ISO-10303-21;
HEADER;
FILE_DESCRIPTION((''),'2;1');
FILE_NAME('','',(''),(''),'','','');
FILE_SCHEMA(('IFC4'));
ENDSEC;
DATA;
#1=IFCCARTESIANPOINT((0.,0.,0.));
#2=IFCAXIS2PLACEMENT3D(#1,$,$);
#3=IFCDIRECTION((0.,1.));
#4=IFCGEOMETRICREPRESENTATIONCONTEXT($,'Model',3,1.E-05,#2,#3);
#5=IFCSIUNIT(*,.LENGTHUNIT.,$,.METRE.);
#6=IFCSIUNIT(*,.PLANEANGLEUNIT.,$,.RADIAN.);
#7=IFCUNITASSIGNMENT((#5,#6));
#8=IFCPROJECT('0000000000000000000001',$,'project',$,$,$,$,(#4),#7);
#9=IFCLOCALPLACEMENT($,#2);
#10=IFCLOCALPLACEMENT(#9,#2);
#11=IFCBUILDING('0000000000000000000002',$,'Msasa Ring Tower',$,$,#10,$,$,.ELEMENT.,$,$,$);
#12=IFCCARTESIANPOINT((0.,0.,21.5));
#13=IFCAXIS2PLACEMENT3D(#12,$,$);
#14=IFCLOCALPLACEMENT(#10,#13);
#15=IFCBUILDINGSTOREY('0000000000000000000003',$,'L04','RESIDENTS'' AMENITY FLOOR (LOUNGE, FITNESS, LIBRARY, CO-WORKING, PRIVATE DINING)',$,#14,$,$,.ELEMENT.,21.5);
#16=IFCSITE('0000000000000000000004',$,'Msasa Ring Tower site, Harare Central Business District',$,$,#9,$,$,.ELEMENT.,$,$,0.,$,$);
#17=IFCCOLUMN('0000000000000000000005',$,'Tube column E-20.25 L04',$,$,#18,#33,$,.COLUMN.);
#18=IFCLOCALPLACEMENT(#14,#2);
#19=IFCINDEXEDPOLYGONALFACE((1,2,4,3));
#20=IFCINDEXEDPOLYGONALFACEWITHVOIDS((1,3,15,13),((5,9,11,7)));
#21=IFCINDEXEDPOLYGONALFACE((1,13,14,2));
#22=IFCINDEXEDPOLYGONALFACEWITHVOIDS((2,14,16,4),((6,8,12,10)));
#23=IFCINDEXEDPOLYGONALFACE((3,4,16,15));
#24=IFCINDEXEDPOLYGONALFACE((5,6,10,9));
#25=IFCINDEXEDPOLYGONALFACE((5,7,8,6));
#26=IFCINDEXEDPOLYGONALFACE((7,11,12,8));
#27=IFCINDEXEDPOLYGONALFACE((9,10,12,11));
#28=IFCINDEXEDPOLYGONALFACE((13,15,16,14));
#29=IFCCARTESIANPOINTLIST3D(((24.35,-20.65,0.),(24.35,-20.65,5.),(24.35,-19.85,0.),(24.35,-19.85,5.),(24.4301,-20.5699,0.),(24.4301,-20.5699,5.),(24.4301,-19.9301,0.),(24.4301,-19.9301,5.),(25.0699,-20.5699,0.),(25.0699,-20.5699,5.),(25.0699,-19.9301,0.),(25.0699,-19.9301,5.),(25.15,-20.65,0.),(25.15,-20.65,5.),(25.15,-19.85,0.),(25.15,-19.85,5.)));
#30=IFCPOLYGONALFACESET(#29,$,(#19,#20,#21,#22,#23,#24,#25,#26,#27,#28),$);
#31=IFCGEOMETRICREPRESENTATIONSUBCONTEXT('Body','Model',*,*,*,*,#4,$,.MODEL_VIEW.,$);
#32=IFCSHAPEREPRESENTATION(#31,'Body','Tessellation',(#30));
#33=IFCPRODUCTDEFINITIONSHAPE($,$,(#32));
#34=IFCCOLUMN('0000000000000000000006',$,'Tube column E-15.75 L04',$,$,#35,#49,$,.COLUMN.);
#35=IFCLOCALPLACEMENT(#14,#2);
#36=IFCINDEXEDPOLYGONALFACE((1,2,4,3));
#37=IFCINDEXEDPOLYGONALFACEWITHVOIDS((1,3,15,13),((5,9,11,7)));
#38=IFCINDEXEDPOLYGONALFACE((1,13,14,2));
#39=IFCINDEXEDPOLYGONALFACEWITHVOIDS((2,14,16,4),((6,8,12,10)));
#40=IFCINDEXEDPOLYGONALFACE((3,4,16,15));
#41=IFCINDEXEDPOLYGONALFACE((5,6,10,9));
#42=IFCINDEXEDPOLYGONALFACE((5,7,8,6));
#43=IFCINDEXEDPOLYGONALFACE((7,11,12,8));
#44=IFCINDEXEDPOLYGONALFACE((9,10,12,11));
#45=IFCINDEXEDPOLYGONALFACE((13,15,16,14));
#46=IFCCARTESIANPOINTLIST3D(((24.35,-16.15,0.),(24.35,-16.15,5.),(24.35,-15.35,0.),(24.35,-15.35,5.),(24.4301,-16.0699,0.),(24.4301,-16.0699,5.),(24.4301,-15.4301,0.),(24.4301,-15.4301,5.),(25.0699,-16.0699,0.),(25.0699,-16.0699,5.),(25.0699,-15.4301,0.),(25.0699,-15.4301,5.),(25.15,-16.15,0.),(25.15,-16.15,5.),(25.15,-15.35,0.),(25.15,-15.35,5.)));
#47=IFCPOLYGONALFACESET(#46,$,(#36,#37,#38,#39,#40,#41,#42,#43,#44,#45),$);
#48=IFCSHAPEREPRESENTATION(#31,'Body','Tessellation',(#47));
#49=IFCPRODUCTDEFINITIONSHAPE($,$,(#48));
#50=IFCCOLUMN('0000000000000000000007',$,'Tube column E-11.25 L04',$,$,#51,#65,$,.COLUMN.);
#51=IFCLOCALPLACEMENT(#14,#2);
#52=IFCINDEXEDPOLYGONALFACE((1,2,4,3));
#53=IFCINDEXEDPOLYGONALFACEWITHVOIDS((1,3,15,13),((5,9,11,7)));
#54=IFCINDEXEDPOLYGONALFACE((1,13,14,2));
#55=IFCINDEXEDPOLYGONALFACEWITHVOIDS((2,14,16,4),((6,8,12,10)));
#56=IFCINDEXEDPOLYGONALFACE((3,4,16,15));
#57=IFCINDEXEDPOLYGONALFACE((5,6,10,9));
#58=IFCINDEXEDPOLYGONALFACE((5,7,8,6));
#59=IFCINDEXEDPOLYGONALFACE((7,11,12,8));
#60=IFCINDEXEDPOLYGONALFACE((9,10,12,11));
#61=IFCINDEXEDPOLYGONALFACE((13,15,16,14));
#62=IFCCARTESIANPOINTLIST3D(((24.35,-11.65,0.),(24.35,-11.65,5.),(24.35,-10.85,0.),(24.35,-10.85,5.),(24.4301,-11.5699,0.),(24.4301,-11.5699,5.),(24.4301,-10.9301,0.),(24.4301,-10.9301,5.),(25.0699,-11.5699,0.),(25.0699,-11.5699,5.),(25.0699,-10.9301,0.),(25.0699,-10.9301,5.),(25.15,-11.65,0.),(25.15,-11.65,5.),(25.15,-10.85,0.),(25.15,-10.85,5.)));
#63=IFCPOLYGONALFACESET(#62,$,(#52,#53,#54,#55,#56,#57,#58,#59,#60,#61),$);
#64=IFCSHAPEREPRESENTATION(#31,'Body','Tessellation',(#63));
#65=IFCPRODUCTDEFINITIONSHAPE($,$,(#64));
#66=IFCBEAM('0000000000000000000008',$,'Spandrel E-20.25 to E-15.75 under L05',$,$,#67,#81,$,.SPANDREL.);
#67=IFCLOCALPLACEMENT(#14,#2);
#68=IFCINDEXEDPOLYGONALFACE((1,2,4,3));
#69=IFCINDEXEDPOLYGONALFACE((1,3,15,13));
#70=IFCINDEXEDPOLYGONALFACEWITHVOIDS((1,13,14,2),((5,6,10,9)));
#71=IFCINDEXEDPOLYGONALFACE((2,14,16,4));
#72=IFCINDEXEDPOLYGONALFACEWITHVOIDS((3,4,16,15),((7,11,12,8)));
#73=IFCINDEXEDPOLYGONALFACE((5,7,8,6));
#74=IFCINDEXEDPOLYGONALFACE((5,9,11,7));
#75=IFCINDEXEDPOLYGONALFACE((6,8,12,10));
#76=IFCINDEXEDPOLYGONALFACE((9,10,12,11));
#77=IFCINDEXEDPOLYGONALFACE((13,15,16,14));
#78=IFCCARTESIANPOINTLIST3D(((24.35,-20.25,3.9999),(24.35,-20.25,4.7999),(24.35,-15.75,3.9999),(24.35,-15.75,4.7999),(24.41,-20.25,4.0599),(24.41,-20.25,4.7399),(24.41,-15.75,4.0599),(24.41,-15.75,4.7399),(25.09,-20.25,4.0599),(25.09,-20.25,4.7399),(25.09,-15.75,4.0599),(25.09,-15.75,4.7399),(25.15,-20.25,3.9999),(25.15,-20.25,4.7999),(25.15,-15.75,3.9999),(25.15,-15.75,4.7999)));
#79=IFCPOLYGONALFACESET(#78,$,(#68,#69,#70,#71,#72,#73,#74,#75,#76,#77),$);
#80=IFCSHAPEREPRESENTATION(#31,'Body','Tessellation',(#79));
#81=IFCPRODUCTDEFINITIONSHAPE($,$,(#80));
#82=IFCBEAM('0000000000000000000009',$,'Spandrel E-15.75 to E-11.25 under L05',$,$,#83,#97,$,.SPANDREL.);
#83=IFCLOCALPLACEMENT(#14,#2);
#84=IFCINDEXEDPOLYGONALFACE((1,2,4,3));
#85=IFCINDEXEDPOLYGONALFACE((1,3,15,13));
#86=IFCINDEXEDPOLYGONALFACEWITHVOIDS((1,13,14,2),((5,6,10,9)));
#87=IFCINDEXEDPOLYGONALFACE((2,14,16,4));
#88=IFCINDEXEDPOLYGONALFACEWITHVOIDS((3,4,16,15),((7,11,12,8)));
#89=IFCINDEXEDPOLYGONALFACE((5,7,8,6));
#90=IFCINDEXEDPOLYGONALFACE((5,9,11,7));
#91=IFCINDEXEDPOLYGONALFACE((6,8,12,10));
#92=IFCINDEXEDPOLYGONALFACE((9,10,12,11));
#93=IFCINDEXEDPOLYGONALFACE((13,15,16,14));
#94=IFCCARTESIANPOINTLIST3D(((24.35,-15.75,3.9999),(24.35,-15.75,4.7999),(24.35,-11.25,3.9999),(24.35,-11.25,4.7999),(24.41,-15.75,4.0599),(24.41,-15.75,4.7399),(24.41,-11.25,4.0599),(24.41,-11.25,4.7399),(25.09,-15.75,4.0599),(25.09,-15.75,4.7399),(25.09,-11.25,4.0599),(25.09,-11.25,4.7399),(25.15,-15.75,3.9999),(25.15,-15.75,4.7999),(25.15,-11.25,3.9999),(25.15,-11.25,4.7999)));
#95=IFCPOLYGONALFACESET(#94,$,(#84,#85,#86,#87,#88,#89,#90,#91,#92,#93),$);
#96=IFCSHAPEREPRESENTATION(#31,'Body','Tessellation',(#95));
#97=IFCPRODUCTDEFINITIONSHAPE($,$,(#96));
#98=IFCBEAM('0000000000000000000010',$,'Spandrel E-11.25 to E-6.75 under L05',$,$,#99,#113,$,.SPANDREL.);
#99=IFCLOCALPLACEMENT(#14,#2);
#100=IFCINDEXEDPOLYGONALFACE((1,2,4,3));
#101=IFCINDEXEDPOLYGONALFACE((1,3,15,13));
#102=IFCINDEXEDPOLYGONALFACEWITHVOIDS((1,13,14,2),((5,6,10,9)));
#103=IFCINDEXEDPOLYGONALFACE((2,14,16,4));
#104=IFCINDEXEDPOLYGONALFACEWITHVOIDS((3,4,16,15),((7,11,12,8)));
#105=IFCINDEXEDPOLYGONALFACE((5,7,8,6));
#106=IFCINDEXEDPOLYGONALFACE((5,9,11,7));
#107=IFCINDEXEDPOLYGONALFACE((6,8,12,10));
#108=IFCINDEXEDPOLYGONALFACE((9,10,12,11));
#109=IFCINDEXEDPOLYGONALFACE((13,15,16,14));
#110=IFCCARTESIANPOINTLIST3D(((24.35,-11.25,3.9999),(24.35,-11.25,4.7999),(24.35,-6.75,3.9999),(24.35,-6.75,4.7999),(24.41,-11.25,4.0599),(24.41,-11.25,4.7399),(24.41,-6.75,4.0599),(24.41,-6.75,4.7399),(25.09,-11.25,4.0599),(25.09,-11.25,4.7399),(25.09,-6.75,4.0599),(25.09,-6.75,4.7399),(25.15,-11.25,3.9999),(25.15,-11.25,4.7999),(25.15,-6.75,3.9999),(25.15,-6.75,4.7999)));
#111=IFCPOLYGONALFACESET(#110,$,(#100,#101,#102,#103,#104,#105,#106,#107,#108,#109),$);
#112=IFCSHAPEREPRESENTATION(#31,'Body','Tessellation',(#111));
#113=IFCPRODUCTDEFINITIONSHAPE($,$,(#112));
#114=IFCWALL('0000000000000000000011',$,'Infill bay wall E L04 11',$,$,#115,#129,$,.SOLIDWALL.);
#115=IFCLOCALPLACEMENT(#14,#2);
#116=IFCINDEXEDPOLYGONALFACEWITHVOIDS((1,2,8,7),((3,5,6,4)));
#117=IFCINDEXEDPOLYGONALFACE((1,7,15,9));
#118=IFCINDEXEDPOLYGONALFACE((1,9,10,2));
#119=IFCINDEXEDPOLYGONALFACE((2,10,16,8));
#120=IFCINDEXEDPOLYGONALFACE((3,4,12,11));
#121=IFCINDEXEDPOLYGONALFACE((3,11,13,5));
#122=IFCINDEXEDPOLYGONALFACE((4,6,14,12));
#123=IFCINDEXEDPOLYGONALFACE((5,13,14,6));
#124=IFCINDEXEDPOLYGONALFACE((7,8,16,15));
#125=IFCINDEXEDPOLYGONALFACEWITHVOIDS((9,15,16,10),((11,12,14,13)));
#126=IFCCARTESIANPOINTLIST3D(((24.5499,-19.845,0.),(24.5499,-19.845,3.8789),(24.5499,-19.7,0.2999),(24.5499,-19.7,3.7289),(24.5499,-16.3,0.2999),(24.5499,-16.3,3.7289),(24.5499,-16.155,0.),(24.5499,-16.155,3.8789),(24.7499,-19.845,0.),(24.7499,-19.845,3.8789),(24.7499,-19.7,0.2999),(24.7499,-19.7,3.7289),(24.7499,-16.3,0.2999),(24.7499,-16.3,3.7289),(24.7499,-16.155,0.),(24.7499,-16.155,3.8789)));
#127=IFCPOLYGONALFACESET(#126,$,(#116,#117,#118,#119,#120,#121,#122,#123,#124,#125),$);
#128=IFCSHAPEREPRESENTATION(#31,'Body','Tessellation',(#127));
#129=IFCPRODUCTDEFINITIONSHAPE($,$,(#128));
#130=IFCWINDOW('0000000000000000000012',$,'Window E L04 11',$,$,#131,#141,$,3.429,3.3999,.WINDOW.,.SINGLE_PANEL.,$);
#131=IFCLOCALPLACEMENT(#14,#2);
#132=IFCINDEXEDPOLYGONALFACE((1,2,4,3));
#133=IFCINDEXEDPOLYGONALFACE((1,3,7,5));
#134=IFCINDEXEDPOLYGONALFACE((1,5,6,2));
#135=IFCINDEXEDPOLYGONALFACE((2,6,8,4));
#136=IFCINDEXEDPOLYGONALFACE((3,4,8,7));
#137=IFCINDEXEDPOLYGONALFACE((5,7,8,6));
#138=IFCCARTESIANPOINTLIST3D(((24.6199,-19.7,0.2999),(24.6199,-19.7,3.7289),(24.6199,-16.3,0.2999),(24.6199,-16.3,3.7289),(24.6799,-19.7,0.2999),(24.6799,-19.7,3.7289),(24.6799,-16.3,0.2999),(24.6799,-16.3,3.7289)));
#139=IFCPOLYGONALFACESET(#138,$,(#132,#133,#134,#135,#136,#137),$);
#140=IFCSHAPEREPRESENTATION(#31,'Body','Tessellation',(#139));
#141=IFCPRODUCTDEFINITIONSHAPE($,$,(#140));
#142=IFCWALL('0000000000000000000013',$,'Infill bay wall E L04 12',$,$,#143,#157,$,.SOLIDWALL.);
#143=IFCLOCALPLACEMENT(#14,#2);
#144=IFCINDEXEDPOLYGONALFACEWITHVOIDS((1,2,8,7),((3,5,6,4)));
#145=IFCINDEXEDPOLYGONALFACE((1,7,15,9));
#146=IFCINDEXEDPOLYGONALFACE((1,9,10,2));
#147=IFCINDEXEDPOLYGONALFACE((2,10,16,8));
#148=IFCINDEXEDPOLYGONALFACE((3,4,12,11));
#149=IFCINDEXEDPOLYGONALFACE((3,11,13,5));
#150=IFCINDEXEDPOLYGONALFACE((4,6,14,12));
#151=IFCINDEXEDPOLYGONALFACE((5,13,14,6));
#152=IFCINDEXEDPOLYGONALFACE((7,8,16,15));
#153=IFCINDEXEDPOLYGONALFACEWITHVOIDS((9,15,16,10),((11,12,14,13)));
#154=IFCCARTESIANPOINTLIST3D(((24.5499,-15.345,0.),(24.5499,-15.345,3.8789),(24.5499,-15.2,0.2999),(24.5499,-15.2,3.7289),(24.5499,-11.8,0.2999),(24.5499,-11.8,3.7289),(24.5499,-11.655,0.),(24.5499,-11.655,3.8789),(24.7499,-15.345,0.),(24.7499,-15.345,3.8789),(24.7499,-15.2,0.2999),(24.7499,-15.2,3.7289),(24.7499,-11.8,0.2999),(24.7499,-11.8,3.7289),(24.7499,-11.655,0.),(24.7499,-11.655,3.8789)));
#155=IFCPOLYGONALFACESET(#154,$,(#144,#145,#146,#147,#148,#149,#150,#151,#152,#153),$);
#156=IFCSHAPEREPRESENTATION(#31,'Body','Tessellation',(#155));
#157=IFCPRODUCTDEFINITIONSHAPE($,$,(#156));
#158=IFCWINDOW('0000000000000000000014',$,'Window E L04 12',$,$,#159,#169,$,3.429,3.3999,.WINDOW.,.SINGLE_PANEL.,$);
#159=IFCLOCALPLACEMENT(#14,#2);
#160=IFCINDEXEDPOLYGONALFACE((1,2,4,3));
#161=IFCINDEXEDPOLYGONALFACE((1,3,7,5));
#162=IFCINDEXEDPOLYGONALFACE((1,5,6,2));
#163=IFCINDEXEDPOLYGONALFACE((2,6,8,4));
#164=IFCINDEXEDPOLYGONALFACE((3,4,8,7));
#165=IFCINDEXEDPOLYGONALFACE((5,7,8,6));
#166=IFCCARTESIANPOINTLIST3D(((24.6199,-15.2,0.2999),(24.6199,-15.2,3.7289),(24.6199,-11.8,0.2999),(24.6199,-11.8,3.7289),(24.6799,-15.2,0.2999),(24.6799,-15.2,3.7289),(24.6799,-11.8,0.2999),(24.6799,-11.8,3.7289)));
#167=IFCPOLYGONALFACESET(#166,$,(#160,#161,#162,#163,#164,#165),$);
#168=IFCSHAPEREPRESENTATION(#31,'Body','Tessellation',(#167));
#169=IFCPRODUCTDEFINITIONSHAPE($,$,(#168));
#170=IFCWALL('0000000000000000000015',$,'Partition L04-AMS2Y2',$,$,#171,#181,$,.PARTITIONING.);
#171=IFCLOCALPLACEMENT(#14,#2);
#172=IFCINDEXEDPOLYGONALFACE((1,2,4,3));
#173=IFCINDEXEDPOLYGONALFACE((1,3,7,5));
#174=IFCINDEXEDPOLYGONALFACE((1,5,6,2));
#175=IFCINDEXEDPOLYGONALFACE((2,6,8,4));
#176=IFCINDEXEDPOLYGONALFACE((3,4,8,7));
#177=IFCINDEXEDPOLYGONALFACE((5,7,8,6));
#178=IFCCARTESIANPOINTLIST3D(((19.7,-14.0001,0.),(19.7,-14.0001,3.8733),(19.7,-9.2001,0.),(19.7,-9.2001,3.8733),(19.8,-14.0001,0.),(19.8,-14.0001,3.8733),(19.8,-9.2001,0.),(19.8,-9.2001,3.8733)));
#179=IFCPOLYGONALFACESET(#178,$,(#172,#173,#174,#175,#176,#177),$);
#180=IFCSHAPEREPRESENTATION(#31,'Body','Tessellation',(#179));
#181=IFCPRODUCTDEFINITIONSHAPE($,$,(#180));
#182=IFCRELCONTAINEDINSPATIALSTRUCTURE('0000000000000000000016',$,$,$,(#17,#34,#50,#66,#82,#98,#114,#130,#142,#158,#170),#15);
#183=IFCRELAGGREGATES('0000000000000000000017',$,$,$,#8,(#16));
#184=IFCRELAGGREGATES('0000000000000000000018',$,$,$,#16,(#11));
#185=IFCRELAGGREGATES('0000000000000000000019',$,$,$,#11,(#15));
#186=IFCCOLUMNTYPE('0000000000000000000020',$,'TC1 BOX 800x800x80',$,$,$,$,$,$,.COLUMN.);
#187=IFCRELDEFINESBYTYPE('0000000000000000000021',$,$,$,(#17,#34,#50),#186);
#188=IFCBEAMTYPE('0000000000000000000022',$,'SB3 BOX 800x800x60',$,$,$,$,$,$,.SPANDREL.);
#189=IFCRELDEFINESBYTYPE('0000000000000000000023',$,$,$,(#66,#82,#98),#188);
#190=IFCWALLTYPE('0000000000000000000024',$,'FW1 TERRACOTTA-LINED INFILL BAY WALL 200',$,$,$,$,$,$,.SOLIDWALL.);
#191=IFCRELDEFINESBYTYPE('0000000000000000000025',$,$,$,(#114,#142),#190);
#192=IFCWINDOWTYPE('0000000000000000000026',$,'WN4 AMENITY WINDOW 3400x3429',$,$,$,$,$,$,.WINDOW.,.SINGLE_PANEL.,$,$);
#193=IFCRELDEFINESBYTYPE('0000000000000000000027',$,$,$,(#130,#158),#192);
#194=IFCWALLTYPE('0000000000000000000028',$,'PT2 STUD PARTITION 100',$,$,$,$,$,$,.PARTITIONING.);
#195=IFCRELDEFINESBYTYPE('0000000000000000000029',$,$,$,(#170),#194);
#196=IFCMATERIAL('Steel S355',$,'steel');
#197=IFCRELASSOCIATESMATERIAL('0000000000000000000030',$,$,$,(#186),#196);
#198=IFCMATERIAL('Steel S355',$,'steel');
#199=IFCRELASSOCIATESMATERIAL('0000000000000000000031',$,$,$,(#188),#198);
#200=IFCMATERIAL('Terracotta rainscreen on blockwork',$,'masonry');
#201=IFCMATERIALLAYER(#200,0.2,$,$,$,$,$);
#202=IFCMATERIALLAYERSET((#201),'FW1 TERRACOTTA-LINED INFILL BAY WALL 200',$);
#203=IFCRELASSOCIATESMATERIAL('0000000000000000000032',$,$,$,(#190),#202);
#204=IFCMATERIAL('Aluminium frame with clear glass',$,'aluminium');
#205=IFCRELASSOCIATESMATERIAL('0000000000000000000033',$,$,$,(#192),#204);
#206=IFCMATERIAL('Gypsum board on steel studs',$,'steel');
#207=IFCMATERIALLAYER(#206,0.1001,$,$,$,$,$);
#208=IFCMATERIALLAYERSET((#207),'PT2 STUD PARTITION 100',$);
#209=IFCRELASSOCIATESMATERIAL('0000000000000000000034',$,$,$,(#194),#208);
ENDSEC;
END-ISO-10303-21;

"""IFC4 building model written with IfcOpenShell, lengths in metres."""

from ifc_helpers import new_model, si_unit, direction, frame, frame_2d, origin, origin_2d, place, context, subcontext, project, spatial, rectangle, hollow_rectangle, extrude, material, layer, layer_set, material_profile, profile_set, type_object, element, fill, save


model = new_model("IFC4")

# Units and contexts
model_context = context("Model", 3, precision=1e-05, world=origin(), true_north=direction((0.0, 1.0)))
body_context = subcontext(model_context, "Body", "Model", "MODEL_VIEW")
ifc_project = project(units=[si_unit("LENGTHUNIT", "METRE"), si_unit("PLANEANGLEUNIT", "RADIAN")], contexts=[model_context])

# Site, building, storey
site_placement = place(None, origin())
site = spatial("IfcSite", under=ifc_project, at=site_placement, Name="Msasa Ring Tower site, Harare Central Business District", CompositionType="ELEMENT", RefElevation=0.0)
building_placement = place(site_placement, origin())
building = spatial("IfcBuilding", under=site, at=building_placement, Name="Msasa Ring Tower", CompositionType="ELEMENT")
storey_placement = place(building_placement, frame((0.0, 0.0, 21.5)))
storey = spatial("IfcBuildingStorey", under=building, at=storey_placement, Name="L04", Description="RESIDENTS' AMENITY FLOOR (LOUNGE, FITNESS, LIBRARY, CO-WORKING, PRIVATE DINING)", CompositionType="ELEMENT", Elevation=21.5)

# Columns
ifc_material_1 = material(Name="Steel S355", Category="steel")
ifc_material_profile_1 = material_profile(ifc_material_1, hollow_rectangle(XDim=0.8, YDim=0.8, WallThickness=0.0801, at=origin_2d()), Name="BOX 800x800x80")
ifc_profile_set_1 = profile_set([ifc_material_profile_1], Name="Steel S355")
column_type = type_object("IfcColumnType", Name="TC1 BOX 800x800x80", PredefinedType="COLUMN", material=ifc_profile_set_1)
for number, where, z_axis, x_axis, name in (
    (1, (24.75, -20.25, 0.0), (0.0, 0.0, 1.0), (1.0, 0.0, 0.0), "Tube column E-20.25 L04"),
    (2, (24.75, -15.75, 0.0), (0.0, 0.0, 1.0), (1.0, 0.0, 0.0), "Tube column E-15.75 L04"),
    (3, (24.75, -11.25, 0.0), (0.0, 0.0, 1.0), (1.0, 0.0, 0.0), "Tube column E-11.25 L04"),
):
    element("IfcColumn", number, at=place(storey_placement, frame(where, z_axis=z_axis, x_axis=x_axis)), inside=storey, type_object=column_type, Name=name, PredefinedType="COLUMN", context=body_context, shape_type="SweptSolid", body=[
        extrude(hollow_rectangle(XDim=0.8, YDim=0.8, WallThickness=0.0801, at=origin_2d()), origin(), (0.0, 0.0, 1.0), 5.0),
    ])

# Beams
ifc_material_2 = material(Name="Steel S355", Category="steel")
ifc_material_profile_2 = material_profile(ifc_material_2, hollow_rectangle(XDim=0.8, YDim=0.8, WallThickness=0.0601, at=origin_2d()), Name="BOX 800x800x60")
ifc_profile_set_2 = profile_set([ifc_material_profile_2], Name="Steel S355")
beam_type = type_object("IfcBeamType", Name="SB3 BOX 800x800x60", PredefinedType="SPANDREL", material=ifc_profile_set_2)
for number, where, z_axis, x_axis, name in (
    (4, (24.75, -20.25, 4.3999), (0.0, 1.0, 0.0), (-1.0, 0.0, 0.0), "Spandrel E-20.25 to E-15.75 under L05"),
    (5, (24.75, -15.75, 4.3999), (0.0, 1.0, 0.0), (-1.0, 0.0, 0.0), "Spandrel E-15.75 to E-11.25 under L05"),
    (6, (24.75, -11.25, 4.3999), (0.0, 1.0, 0.0), (-1.0, 0.0, 0.0), "Spandrel E-11.25 to E-6.75 under L05"),
):
    element("IfcBeam", number, at=place(storey_placement, frame(where, z_axis=z_axis, x_axis=x_axis)), inside=storey, type_object=beam_type, Name=name, PredefinedType="SPANDREL", context=body_context, shape_type="SweptSolid", body=[
        extrude(hollow_rectangle(XDim=0.8, YDim=0.8, WallThickness=0.0601, at=origin_2d()), origin(), (0.0, 0.0, 1.0), 4.5),
    ])

# Walls, openings, windows
ifc_material_3 = material(Name="Terracotta rainscreen on blockwork", Category="masonry")
ifc_layer_1 = layer(ifc_material_3, 0.2)
ifc_layer_set_1 = layer_set([ifc_layer_1], Name="FW1 TERRACOTTA-LINED INFILL BAY WALL 200")
wall_type_1 = type_object("IfcWallType", Name="FW1 TERRACOTTA-LINED INFILL BAY WALL 200", PredefinedType="SOLIDWALL", material=ifc_layer_set_1)
wall_1_placement = place(storey_placement, frame((24.6499, -19.845, 0.0), z_axis=(0.0, 0.0, 1.0), x_axis=(0.0, 1.0, 0.0)))
wall_1 = element("IfcWall", 7, at=wall_1_placement, inside=storey, type_object=wall_type_1, Name="Infill bay wall E L04 11", PredefinedType="SOLIDWALL", context=body_context, shape_type="SweptSolid", body=[
    extrude(rectangle(XDim=3.6899, YDim=0.2, at=frame_2d((1.845, 0.0))), origin(), (0.0, 0.0, 1.0), 3.8789),
])
opening_1_placement = place(wall_1_placement, frame((0.145, 0.0, 0.3)))
opening_1 = element("IfcOpeningElement", 8, at=opening_1_placement, cuts=wall_1, PredefinedType="OPENING", context=body_context, shape_type="SweptSolid", body=[
    extrude(rectangle(XDim=3.3999, YDim=3.429, at=frame_2d((1.7, 1.7144))), frame((0.0, 0.1099, 0.0), z_axis=(0.0, -1.0, 0.0), x_axis=(1.0, 0.0, 0.0)), (0.0, 0.0, 1.0), 0.22),
])
ifc_material_4 = material(Name="Aluminium frame with clear glass", Category="aluminium")
window_type = type_object("IfcWindowType", Name="WN4 AMENITY WINDOW 3400x3429", PartitioningType="SINGLE_PANEL", PredefinedType="WINDOW", material=ifc_material_4)
window_1_placement = place(opening_1_placement, origin())
window_1 = element("IfcWindow", 9, at=window_1_placement, inside=storey, type_object=window_type, Name="Window E L04 11", OverallHeight=3.429, OverallWidth=3.3999, PartitioningType="SINGLE_PANEL", PredefinedType="WINDOW", context=body_context, shape_type="SweptSolid", body=[
    extrude(rectangle(XDim=3.3999, YDim=3.429, at=frame_2d((1.7, 1.7144))), frame((0.0, 0.03, 0.0), z_axis=(0.0, -1.0, 0.0), x_axis=(1.0, 0.0, 0.0)), (0.0, 0.0, 1.0), 0.0601),
])
fill(opening_1, window_1)
wall_2_placement = place(storey_placement, frame((24.6499, -15.345, 0.0), z_axis=(0.0, 0.0, 1.0), x_axis=(0.0, 1.0, 0.0)))
wall_2 = element("IfcWall", 10, at=wall_2_placement, inside=storey, type_object=wall_type_1, Name="Infill bay wall E L04 12", PredefinedType="SOLIDWALL", context=body_context, shape_type="SweptSolid", body=[
    extrude(rectangle(XDim=3.6899, YDim=0.2, at=frame_2d((1.845, 0.0))), origin(), (0.0, 0.0, 1.0), 3.8789),
])
opening_2_placement = place(wall_2_placement, frame((0.145, 0.0, 0.3)))
opening_2 = element("IfcOpeningElement", 11, at=opening_2_placement, cuts=wall_2, PredefinedType="OPENING", context=body_context, shape_type="SweptSolid", body=[
    extrude(rectangle(XDim=3.3999, YDim=3.429, at=frame_2d((1.7, 1.7144))), frame((0.0, 0.1099, 0.0), z_axis=(0.0, -1.0, 0.0), x_axis=(1.0, 0.0, 0.0)), (0.0, 0.0, 1.0), 0.22),
])
window_2_placement = place(opening_2_placement, origin())
window_2 = element("IfcWindow", 12, at=window_2_placement, inside=storey, type_object=window_type, Name="Window E L04 12", OverallHeight=3.429, OverallWidth=3.3999, PartitioningType="SINGLE_PANEL", PredefinedType="WINDOW", context=body_context, shape_type="SweptSolid", body=[
    extrude(rectangle(XDim=3.3999, YDim=3.429, at=frame_2d((1.7, 1.7144))), frame((0.0, 0.03, 0.0), z_axis=(0.0, -1.0, 0.0), x_axis=(1.0, 0.0, 0.0)), (0.0, 0.0, 1.0), 0.0601),
])
fill(opening_2, window_2)

# Wall
ifc_material_5 = material(Name="Gypsum board on steel studs", Category="steel")
ifc_layer_2 = layer(ifc_material_5, 0.1001)
ifc_layer_set_2 = layer_set([ifc_layer_2], Name="PT2 STUD PARTITION 100")
wall_type_2 = type_object("IfcWallType", Name="PT2 STUD PARTITION 100", PredefinedType="PARTITIONING", material=ifc_layer_set_2)
wall_3_placement = place(storey_placement, frame((19.75, -14.0, 0.0), z_axis=(0.0, 0.0, 1.0), x_axis=(0.0, 1.0, 0.0)))
element("IfcWall", 13, at=wall_3_placement, inside=storey, type_object=wall_type_2, Name="Partition L04-AMS2Y2", PredefinedType="PARTITIONING", context=body_context, shape_type="SweptSolid", body=[
    extrude(rectangle(XDim=4.8, YDim=0.1001, at=frame_2d((2.3999, 0.0))), origin(), (0.0, 0.0, 1.0), 3.8733),
])

save(model, "model.ifc")
